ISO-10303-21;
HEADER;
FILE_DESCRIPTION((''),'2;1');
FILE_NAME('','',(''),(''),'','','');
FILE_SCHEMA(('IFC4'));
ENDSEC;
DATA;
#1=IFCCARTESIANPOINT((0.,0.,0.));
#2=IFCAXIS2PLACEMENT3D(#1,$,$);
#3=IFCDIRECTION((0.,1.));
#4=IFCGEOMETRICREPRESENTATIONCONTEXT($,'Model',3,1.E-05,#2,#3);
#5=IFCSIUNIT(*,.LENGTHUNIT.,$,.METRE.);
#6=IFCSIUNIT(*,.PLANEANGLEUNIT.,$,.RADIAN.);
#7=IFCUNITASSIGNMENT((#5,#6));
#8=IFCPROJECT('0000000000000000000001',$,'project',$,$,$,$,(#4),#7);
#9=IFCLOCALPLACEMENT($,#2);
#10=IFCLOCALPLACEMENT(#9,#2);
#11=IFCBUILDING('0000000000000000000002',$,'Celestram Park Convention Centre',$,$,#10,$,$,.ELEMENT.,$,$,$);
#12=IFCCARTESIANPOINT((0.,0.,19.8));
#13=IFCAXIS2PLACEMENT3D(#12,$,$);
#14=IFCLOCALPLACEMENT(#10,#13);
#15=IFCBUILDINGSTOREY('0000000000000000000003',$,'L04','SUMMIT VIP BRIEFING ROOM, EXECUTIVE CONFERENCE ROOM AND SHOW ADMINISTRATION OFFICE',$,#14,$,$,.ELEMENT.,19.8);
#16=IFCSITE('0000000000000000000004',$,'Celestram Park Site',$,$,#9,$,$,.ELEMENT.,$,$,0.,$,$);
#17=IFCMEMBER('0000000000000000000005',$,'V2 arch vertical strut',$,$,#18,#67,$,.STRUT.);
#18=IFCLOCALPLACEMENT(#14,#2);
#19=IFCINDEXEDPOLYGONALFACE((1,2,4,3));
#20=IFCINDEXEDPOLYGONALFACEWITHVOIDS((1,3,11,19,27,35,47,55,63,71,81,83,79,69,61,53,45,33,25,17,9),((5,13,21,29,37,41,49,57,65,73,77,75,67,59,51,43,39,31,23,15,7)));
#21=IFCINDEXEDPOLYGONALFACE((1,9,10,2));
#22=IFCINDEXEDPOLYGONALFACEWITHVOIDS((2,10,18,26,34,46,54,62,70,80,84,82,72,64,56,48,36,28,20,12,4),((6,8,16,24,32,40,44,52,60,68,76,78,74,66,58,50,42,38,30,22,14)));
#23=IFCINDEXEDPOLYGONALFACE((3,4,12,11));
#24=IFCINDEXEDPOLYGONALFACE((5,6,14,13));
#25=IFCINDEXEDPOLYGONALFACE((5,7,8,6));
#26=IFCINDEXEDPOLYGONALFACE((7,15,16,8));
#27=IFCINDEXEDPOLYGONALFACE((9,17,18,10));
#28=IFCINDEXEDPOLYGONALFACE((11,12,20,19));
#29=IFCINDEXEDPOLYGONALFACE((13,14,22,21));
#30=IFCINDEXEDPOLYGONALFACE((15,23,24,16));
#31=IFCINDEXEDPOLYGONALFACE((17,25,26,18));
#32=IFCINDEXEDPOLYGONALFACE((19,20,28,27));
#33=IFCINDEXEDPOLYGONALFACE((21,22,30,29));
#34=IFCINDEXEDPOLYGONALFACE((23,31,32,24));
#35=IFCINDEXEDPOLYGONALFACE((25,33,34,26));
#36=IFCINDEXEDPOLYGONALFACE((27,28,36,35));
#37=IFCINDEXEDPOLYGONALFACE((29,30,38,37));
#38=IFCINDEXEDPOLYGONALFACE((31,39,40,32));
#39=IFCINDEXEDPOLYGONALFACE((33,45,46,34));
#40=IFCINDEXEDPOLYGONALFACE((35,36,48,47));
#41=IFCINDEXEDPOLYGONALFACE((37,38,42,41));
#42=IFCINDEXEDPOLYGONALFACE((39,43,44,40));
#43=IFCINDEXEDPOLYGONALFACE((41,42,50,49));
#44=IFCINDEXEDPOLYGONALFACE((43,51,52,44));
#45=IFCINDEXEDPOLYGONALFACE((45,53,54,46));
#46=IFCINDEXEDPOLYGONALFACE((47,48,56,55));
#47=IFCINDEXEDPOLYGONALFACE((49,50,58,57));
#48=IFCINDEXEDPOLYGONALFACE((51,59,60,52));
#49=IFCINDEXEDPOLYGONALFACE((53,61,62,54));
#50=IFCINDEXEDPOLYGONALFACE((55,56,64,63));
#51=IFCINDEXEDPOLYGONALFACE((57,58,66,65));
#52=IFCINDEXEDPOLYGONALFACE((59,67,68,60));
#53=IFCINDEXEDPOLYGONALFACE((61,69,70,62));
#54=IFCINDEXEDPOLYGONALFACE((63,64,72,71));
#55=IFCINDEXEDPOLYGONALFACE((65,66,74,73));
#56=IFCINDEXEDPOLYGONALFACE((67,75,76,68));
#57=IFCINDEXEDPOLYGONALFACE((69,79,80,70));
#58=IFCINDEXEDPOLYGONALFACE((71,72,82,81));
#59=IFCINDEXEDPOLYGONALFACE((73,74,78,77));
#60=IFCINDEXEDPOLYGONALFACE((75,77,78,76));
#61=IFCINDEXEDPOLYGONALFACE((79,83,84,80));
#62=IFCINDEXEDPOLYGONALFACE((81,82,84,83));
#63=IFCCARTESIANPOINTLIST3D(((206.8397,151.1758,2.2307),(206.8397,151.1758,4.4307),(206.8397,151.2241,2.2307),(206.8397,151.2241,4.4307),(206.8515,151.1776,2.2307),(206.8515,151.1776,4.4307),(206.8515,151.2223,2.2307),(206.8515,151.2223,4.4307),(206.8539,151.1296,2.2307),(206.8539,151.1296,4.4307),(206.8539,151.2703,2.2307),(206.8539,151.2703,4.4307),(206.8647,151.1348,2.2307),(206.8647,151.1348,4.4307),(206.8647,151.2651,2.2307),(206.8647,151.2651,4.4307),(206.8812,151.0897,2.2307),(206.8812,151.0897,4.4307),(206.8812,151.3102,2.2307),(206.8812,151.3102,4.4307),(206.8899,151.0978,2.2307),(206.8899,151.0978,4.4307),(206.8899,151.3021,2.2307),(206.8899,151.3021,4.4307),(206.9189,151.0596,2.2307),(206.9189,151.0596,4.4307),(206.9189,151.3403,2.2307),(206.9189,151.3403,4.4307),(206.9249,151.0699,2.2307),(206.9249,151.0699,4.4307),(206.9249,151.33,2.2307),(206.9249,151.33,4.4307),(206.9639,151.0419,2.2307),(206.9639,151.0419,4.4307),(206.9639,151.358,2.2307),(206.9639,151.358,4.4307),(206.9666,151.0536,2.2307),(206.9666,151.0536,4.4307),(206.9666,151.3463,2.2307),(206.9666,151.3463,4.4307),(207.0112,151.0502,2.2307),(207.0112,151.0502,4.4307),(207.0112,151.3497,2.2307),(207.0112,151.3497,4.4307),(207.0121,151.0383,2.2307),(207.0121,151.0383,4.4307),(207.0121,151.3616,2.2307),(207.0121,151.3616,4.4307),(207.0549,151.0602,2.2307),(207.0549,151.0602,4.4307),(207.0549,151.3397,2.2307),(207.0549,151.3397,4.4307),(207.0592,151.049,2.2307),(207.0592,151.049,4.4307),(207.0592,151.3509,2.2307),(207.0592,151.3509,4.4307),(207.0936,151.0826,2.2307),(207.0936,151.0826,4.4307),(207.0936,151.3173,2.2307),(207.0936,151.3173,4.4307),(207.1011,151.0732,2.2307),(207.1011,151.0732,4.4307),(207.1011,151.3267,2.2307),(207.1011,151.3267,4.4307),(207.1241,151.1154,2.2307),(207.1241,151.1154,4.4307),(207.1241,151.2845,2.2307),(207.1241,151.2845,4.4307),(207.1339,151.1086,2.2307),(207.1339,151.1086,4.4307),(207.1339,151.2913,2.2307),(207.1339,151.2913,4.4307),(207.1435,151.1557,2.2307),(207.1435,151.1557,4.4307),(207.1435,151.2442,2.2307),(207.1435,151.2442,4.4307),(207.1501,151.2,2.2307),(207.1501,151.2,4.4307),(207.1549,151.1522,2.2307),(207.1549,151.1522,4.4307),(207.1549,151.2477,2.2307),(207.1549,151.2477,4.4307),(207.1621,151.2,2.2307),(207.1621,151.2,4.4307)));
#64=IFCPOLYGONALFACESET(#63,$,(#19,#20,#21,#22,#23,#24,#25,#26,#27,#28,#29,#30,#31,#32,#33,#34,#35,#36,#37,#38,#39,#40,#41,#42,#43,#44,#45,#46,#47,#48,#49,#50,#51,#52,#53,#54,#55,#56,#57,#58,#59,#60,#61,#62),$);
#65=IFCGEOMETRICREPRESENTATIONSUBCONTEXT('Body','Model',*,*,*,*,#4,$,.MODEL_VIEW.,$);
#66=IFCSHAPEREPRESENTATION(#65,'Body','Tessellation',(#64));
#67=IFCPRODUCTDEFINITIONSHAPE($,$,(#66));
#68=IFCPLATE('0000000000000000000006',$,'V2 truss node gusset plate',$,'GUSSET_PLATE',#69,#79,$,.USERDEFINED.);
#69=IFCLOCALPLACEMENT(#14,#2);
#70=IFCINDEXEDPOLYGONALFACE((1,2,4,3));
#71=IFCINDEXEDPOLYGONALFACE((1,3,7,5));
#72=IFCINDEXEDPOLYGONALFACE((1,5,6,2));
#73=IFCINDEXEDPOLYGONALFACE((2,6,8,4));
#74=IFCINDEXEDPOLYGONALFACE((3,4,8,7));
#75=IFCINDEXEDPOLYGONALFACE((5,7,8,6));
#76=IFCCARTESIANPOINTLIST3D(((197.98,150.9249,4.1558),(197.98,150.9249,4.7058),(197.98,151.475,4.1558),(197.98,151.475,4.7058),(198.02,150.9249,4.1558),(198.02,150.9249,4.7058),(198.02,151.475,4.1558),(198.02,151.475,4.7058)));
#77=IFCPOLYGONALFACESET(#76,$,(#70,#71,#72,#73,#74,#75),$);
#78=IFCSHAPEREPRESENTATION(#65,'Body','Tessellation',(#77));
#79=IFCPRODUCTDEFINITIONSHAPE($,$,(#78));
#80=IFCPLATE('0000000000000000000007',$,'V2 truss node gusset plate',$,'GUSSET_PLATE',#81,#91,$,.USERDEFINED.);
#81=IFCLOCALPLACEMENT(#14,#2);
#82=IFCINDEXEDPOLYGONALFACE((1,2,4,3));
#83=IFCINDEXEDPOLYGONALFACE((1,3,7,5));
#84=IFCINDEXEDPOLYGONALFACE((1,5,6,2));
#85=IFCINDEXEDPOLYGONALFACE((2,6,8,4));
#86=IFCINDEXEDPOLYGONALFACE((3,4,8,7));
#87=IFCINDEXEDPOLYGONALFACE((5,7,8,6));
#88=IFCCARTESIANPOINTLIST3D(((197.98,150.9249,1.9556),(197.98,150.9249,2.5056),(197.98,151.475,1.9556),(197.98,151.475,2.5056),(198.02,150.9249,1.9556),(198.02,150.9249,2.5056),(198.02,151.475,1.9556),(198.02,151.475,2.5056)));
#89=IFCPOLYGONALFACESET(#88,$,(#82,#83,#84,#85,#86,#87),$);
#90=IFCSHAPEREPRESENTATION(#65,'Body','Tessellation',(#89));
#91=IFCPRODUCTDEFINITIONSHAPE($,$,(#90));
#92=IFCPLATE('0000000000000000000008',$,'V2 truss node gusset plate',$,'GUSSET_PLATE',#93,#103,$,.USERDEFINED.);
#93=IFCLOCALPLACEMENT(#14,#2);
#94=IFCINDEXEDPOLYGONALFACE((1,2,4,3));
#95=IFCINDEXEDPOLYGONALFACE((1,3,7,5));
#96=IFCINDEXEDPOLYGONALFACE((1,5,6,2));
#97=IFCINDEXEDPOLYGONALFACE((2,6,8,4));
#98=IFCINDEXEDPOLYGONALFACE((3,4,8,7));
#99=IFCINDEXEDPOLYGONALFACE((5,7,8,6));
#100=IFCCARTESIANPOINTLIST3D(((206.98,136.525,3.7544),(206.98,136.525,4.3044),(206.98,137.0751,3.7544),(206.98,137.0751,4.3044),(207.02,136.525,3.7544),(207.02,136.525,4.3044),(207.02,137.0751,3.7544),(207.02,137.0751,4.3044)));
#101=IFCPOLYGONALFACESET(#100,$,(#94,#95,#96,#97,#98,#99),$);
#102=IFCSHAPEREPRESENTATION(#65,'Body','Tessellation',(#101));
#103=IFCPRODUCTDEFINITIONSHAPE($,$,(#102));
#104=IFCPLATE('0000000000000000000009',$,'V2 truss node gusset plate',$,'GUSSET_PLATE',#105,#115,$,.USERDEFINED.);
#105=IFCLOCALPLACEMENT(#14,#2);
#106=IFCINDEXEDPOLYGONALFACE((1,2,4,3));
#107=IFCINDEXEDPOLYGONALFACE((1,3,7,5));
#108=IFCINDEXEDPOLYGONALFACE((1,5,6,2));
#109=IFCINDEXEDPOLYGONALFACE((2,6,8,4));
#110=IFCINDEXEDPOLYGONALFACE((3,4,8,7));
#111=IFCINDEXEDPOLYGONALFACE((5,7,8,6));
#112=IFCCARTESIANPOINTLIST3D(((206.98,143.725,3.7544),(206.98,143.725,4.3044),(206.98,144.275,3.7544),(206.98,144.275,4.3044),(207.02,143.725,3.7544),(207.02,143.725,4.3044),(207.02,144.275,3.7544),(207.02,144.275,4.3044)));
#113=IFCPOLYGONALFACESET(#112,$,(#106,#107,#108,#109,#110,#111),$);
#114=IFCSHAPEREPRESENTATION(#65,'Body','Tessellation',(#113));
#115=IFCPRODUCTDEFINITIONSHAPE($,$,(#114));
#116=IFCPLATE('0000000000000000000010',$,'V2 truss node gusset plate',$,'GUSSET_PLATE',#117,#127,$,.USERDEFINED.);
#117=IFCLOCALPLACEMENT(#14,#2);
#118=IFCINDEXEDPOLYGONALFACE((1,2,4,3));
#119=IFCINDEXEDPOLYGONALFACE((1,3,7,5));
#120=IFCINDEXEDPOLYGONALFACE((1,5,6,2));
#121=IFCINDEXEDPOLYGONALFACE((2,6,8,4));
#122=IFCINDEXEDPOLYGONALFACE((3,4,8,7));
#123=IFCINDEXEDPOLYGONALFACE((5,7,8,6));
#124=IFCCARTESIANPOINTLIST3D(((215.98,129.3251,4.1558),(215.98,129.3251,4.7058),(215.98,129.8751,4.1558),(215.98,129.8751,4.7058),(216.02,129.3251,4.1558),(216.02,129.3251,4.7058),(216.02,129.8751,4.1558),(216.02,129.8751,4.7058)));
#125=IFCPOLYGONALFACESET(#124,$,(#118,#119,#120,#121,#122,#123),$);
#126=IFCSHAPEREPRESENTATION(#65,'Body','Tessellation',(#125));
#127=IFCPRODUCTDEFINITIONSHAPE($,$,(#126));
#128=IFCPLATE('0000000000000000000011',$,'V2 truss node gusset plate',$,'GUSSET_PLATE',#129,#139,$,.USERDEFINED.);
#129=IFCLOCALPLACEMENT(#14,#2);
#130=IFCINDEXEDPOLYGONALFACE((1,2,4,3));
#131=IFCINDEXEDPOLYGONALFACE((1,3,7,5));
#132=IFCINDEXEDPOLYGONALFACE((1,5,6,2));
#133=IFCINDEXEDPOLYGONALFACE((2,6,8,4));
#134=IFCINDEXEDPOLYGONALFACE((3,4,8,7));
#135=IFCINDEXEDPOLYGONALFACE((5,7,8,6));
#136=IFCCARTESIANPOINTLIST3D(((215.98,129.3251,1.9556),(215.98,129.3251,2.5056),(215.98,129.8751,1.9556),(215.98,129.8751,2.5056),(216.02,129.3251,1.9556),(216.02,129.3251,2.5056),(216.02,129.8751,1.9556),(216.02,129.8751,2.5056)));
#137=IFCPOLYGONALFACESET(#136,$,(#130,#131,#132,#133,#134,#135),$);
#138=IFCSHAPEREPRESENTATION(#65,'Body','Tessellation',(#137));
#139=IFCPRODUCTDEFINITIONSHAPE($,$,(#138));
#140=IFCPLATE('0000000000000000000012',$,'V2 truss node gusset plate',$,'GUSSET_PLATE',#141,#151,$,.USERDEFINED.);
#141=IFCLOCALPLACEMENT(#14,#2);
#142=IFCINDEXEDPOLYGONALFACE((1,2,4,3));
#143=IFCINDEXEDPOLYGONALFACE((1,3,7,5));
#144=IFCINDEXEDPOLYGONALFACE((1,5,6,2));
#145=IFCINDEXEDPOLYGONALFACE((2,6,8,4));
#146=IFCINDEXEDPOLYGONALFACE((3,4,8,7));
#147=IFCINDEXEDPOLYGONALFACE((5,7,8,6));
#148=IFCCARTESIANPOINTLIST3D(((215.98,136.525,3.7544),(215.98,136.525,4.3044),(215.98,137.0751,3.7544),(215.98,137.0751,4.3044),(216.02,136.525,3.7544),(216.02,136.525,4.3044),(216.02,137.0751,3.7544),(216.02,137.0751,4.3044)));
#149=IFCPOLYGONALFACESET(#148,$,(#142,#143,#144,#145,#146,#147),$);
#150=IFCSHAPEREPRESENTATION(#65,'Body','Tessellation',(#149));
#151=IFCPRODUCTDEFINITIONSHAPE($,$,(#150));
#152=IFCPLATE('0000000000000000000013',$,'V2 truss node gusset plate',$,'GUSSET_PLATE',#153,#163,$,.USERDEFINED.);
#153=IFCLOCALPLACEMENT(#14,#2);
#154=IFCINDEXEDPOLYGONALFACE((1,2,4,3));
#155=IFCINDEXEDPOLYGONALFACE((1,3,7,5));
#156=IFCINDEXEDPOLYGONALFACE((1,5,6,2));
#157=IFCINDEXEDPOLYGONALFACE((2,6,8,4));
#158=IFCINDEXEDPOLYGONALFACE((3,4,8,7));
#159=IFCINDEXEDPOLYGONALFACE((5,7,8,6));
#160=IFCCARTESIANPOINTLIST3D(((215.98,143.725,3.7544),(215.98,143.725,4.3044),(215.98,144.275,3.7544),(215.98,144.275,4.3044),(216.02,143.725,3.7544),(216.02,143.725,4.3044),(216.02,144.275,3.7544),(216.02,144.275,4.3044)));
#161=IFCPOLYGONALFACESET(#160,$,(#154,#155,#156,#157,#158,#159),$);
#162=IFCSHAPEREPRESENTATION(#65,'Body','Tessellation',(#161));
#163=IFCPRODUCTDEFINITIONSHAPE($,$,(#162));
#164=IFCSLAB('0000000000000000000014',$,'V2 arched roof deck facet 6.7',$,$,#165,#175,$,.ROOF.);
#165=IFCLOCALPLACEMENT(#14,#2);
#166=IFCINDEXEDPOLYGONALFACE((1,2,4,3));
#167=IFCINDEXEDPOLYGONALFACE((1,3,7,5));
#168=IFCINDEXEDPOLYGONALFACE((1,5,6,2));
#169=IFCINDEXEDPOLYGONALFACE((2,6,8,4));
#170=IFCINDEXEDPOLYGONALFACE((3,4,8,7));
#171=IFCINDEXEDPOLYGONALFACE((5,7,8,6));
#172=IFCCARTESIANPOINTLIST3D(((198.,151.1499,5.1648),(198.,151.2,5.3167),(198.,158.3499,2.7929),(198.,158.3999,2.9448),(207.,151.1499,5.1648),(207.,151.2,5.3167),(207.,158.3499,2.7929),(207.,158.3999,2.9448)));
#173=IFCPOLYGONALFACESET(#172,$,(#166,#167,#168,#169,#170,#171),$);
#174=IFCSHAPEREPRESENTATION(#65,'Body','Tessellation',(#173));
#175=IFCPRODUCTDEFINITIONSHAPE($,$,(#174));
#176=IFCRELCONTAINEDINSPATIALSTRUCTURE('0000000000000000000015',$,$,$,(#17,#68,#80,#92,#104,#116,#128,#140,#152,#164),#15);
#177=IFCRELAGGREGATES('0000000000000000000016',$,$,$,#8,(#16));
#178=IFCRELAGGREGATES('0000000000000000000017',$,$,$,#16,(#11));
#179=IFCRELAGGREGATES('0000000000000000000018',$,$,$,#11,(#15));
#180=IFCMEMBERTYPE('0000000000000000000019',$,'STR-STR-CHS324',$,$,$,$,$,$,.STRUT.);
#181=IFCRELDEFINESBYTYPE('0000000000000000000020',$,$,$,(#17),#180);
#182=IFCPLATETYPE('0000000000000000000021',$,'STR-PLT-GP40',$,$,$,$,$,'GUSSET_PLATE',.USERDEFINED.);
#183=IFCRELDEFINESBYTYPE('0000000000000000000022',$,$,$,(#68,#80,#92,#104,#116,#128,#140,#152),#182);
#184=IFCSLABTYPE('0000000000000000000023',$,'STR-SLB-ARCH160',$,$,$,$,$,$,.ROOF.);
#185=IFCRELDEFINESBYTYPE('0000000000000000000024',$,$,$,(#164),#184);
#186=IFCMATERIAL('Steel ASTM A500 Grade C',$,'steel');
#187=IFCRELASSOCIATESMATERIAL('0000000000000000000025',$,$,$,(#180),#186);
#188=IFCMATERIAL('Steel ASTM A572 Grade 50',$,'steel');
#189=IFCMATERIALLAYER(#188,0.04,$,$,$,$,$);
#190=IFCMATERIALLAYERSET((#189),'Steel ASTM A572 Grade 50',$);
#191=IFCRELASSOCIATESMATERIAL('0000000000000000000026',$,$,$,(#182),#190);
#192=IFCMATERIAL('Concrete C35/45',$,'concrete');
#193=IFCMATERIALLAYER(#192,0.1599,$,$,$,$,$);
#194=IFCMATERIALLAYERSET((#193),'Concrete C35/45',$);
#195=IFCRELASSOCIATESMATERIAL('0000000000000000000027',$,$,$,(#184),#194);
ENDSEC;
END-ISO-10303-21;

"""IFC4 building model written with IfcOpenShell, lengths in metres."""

from ifc_helpers import new_model, si_unit, direction, frame, origin, origin_2d, place, context, subcontext, project, spatial, polyline, rectangle, hollow_circle, outline, extrude, material, layer, layer_set, material_profile, profile_set, type_object, element, save


model = new_model("IFC4")

# Units and contexts
model_context = context("Model", 3, precision=1e-05, world=origin(), true_north=direction((0.0, 1.0)))
body_context = subcontext(model_context, "Body", "Model", "MODEL_VIEW")
ifc_project = project(units=[si_unit("LENGTHUNIT", "METRE"), si_unit("PLANEANGLEUNIT", "RADIAN")], contexts=[model_context])

# Site, building, storey
site_placement = place(None, origin())
site = spatial("IfcSite", under=ifc_project, at=site_placement, Name="Celestram Park Site", CompositionType="ELEMENT", RefElevation=0.0)
building_placement = place(site_placement, origin())
building = spatial("IfcBuilding", under=site, at=building_placement, Name="Celestram Park Convention Centre", CompositionType="ELEMENT")
storey_placement = place(building_placement, frame((0.0, 0.0, 19.8)))
storey = spatial("IfcBuildingStorey", under=building, at=storey_placement, Name="L04", Description="SUMMIT VIP BRIEFING ROOM, EXECUTIVE CONFERENCE ROOM AND SHOW ADMINISTRATION OFFICE", CompositionType="ELEMENT", Elevation=19.8)

# Member
ifc_material_1 = material(Name="Steel ASTM A500 Grade C", Category="steel")
ifc_material_profile_1 = material_profile(ifc_material_1, hollow_circle(Radius=0.1621, WallThickness=0.012, at=origin_2d()), Name="CHS324X12")
ifc_profile_set_1 = profile_set([ifc_material_profile_1], Name="Steel ASTM A500 Grade C")
member_type_1 = type_object("IfcMemberType", Name="STR-STR-CHS324", PredefinedType="STRUT", material=ifc_profile_set_1)
for number, where, z_axis, x_axis, name in (
    (1, (207.0, 151.2, 2.2307), (0.0, 0.0, 1.0), (1.0, 0.0, 0.0), "V2 arch vertical strut"),
):
    element("IfcMember", number, at=place(storey_placement, frame(where, z_axis=z_axis, x_axis=x_axis)), inside=storey, type_object=member_type_1, Name=name, PredefinedType="STRUT", context=body_context, shape_type="SweptSolid", body=[
        extrude(hollow_circle(Radius=0.1621, WallThickness=0.012, at=origin_2d()), origin(), (0.0, 0.0, 1.0), 2.2),
    ])

# Plates
ifc_material_2 = material(Name="Steel ASTM A572 Grade 50", Category="steel")
ifc_layer_1 = layer(ifc_material_2, 0.04)
ifc_layer_set_1 = layer_set([ifc_layer_1], Name="Steel ASTM A572 Grade 50")
plate_type = type_object("IfcPlateType", Name="STR-PLT-GP40", ElementType="GUSSET_PLATE", PredefinedType="USERDEFINED", material=ifc_layer_set_1)
for number, where, z_axis, x_axis, name in (
    (2, (198.0, 151.2, 4.1558), (0.0, 0.0, 1.0), (0.0, 1.0, 0.0), "V2 truss node gusset plate"),
    (3, (198.0, 151.2, 1.9556), (0.0, 0.0, 1.0), (0.0, 1.0, 0.0), "V2 truss node gusset plate"),
    (4, (207.0, 136.8, 3.7544), (0.0, 0.0, 1.0), (0.0, 1.0, 0.0), "V2 truss node gusset plate"),
    (5, (207.0, 144.0, 3.7544), (0.0, 0.0, 1.0), (0.0, 1.0, 0.0), "V2 truss node gusset plate"),
    (6, (216.0, 129.6001, 4.1558), (0.0, 0.0, 1.0), (0.0, 1.0, 0.0), "V2 truss node gusset plate"),
    (7, (216.0, 129.6001, 1.9556), (0.0, 0.0, 1.0), (0.0, 1.0, 0.0), "V2 truss node gusset plate"),
    (8, (216.0, 136.8, 3.7544), (0.0, 0.0, 1.0), (0.0, 1.0, 0.0), "V2 truss node gusset plate"),
    (9, (216.0, 144.0, 3.7544), (0.0, 0.0, 1.0), (0.0, 1.0, 0.0), "V2 truss node gusset plate"),
):
    element("IfcPlate", number, at=place(storey_placement, frame(where, z_axis=z_axis, x_axis=x_axis)), inside=storey, type_object=plate_type, Name=name, ObjectType="GUSSET_PLATE", PredefinedType="USERDEFINED", context=body_context, shape_type="SweptSolid", body=[
        extrude(rectangle(XDim=0.55, YDim=0.04, at=origin_2d()), origin(), (0.0, 0.0, 1.0), 0.55),
    ])

# Slab
ifc_material_3 = material(Name="Concrete C35/45", Category="concrete")
ifc_layer_2 = layer(ifc_material_3, 0.1599)
ifc_layer_set_2 = layer_set([ifc_layer_2], Name="Concrete C35/45")
slab_type = type_object("IfcSlabType", Name="STR-SLB-ARCH160", PredefinedType="ROOF", material=ifc_layer_set_2)
slab_placement = place(storey_placement, frame((198.0, 151.2, 5.3167), z_axis=(0.0, 0.312883, 0.949792), x_axis=(1.0, 0.0, 0.0)))
element("IfcSlab", 10, at=slab_placement, inside=storey, type_object=slab_type, Name="V2 arched roof deck facet 6.7", PredefinedType="ROOF", context=body_context, shape_type="SweptSolid", body=[
    extrude(outline(polyline([(0.0, 0.0), (9.0, 0.0), (9.0, 7.5806), (0.0, 7.5806), (0.0, 0.0)])), origin(), (0.0, 0.0, -1.0), 0.1599),
])

save(model, "model.ifc")
